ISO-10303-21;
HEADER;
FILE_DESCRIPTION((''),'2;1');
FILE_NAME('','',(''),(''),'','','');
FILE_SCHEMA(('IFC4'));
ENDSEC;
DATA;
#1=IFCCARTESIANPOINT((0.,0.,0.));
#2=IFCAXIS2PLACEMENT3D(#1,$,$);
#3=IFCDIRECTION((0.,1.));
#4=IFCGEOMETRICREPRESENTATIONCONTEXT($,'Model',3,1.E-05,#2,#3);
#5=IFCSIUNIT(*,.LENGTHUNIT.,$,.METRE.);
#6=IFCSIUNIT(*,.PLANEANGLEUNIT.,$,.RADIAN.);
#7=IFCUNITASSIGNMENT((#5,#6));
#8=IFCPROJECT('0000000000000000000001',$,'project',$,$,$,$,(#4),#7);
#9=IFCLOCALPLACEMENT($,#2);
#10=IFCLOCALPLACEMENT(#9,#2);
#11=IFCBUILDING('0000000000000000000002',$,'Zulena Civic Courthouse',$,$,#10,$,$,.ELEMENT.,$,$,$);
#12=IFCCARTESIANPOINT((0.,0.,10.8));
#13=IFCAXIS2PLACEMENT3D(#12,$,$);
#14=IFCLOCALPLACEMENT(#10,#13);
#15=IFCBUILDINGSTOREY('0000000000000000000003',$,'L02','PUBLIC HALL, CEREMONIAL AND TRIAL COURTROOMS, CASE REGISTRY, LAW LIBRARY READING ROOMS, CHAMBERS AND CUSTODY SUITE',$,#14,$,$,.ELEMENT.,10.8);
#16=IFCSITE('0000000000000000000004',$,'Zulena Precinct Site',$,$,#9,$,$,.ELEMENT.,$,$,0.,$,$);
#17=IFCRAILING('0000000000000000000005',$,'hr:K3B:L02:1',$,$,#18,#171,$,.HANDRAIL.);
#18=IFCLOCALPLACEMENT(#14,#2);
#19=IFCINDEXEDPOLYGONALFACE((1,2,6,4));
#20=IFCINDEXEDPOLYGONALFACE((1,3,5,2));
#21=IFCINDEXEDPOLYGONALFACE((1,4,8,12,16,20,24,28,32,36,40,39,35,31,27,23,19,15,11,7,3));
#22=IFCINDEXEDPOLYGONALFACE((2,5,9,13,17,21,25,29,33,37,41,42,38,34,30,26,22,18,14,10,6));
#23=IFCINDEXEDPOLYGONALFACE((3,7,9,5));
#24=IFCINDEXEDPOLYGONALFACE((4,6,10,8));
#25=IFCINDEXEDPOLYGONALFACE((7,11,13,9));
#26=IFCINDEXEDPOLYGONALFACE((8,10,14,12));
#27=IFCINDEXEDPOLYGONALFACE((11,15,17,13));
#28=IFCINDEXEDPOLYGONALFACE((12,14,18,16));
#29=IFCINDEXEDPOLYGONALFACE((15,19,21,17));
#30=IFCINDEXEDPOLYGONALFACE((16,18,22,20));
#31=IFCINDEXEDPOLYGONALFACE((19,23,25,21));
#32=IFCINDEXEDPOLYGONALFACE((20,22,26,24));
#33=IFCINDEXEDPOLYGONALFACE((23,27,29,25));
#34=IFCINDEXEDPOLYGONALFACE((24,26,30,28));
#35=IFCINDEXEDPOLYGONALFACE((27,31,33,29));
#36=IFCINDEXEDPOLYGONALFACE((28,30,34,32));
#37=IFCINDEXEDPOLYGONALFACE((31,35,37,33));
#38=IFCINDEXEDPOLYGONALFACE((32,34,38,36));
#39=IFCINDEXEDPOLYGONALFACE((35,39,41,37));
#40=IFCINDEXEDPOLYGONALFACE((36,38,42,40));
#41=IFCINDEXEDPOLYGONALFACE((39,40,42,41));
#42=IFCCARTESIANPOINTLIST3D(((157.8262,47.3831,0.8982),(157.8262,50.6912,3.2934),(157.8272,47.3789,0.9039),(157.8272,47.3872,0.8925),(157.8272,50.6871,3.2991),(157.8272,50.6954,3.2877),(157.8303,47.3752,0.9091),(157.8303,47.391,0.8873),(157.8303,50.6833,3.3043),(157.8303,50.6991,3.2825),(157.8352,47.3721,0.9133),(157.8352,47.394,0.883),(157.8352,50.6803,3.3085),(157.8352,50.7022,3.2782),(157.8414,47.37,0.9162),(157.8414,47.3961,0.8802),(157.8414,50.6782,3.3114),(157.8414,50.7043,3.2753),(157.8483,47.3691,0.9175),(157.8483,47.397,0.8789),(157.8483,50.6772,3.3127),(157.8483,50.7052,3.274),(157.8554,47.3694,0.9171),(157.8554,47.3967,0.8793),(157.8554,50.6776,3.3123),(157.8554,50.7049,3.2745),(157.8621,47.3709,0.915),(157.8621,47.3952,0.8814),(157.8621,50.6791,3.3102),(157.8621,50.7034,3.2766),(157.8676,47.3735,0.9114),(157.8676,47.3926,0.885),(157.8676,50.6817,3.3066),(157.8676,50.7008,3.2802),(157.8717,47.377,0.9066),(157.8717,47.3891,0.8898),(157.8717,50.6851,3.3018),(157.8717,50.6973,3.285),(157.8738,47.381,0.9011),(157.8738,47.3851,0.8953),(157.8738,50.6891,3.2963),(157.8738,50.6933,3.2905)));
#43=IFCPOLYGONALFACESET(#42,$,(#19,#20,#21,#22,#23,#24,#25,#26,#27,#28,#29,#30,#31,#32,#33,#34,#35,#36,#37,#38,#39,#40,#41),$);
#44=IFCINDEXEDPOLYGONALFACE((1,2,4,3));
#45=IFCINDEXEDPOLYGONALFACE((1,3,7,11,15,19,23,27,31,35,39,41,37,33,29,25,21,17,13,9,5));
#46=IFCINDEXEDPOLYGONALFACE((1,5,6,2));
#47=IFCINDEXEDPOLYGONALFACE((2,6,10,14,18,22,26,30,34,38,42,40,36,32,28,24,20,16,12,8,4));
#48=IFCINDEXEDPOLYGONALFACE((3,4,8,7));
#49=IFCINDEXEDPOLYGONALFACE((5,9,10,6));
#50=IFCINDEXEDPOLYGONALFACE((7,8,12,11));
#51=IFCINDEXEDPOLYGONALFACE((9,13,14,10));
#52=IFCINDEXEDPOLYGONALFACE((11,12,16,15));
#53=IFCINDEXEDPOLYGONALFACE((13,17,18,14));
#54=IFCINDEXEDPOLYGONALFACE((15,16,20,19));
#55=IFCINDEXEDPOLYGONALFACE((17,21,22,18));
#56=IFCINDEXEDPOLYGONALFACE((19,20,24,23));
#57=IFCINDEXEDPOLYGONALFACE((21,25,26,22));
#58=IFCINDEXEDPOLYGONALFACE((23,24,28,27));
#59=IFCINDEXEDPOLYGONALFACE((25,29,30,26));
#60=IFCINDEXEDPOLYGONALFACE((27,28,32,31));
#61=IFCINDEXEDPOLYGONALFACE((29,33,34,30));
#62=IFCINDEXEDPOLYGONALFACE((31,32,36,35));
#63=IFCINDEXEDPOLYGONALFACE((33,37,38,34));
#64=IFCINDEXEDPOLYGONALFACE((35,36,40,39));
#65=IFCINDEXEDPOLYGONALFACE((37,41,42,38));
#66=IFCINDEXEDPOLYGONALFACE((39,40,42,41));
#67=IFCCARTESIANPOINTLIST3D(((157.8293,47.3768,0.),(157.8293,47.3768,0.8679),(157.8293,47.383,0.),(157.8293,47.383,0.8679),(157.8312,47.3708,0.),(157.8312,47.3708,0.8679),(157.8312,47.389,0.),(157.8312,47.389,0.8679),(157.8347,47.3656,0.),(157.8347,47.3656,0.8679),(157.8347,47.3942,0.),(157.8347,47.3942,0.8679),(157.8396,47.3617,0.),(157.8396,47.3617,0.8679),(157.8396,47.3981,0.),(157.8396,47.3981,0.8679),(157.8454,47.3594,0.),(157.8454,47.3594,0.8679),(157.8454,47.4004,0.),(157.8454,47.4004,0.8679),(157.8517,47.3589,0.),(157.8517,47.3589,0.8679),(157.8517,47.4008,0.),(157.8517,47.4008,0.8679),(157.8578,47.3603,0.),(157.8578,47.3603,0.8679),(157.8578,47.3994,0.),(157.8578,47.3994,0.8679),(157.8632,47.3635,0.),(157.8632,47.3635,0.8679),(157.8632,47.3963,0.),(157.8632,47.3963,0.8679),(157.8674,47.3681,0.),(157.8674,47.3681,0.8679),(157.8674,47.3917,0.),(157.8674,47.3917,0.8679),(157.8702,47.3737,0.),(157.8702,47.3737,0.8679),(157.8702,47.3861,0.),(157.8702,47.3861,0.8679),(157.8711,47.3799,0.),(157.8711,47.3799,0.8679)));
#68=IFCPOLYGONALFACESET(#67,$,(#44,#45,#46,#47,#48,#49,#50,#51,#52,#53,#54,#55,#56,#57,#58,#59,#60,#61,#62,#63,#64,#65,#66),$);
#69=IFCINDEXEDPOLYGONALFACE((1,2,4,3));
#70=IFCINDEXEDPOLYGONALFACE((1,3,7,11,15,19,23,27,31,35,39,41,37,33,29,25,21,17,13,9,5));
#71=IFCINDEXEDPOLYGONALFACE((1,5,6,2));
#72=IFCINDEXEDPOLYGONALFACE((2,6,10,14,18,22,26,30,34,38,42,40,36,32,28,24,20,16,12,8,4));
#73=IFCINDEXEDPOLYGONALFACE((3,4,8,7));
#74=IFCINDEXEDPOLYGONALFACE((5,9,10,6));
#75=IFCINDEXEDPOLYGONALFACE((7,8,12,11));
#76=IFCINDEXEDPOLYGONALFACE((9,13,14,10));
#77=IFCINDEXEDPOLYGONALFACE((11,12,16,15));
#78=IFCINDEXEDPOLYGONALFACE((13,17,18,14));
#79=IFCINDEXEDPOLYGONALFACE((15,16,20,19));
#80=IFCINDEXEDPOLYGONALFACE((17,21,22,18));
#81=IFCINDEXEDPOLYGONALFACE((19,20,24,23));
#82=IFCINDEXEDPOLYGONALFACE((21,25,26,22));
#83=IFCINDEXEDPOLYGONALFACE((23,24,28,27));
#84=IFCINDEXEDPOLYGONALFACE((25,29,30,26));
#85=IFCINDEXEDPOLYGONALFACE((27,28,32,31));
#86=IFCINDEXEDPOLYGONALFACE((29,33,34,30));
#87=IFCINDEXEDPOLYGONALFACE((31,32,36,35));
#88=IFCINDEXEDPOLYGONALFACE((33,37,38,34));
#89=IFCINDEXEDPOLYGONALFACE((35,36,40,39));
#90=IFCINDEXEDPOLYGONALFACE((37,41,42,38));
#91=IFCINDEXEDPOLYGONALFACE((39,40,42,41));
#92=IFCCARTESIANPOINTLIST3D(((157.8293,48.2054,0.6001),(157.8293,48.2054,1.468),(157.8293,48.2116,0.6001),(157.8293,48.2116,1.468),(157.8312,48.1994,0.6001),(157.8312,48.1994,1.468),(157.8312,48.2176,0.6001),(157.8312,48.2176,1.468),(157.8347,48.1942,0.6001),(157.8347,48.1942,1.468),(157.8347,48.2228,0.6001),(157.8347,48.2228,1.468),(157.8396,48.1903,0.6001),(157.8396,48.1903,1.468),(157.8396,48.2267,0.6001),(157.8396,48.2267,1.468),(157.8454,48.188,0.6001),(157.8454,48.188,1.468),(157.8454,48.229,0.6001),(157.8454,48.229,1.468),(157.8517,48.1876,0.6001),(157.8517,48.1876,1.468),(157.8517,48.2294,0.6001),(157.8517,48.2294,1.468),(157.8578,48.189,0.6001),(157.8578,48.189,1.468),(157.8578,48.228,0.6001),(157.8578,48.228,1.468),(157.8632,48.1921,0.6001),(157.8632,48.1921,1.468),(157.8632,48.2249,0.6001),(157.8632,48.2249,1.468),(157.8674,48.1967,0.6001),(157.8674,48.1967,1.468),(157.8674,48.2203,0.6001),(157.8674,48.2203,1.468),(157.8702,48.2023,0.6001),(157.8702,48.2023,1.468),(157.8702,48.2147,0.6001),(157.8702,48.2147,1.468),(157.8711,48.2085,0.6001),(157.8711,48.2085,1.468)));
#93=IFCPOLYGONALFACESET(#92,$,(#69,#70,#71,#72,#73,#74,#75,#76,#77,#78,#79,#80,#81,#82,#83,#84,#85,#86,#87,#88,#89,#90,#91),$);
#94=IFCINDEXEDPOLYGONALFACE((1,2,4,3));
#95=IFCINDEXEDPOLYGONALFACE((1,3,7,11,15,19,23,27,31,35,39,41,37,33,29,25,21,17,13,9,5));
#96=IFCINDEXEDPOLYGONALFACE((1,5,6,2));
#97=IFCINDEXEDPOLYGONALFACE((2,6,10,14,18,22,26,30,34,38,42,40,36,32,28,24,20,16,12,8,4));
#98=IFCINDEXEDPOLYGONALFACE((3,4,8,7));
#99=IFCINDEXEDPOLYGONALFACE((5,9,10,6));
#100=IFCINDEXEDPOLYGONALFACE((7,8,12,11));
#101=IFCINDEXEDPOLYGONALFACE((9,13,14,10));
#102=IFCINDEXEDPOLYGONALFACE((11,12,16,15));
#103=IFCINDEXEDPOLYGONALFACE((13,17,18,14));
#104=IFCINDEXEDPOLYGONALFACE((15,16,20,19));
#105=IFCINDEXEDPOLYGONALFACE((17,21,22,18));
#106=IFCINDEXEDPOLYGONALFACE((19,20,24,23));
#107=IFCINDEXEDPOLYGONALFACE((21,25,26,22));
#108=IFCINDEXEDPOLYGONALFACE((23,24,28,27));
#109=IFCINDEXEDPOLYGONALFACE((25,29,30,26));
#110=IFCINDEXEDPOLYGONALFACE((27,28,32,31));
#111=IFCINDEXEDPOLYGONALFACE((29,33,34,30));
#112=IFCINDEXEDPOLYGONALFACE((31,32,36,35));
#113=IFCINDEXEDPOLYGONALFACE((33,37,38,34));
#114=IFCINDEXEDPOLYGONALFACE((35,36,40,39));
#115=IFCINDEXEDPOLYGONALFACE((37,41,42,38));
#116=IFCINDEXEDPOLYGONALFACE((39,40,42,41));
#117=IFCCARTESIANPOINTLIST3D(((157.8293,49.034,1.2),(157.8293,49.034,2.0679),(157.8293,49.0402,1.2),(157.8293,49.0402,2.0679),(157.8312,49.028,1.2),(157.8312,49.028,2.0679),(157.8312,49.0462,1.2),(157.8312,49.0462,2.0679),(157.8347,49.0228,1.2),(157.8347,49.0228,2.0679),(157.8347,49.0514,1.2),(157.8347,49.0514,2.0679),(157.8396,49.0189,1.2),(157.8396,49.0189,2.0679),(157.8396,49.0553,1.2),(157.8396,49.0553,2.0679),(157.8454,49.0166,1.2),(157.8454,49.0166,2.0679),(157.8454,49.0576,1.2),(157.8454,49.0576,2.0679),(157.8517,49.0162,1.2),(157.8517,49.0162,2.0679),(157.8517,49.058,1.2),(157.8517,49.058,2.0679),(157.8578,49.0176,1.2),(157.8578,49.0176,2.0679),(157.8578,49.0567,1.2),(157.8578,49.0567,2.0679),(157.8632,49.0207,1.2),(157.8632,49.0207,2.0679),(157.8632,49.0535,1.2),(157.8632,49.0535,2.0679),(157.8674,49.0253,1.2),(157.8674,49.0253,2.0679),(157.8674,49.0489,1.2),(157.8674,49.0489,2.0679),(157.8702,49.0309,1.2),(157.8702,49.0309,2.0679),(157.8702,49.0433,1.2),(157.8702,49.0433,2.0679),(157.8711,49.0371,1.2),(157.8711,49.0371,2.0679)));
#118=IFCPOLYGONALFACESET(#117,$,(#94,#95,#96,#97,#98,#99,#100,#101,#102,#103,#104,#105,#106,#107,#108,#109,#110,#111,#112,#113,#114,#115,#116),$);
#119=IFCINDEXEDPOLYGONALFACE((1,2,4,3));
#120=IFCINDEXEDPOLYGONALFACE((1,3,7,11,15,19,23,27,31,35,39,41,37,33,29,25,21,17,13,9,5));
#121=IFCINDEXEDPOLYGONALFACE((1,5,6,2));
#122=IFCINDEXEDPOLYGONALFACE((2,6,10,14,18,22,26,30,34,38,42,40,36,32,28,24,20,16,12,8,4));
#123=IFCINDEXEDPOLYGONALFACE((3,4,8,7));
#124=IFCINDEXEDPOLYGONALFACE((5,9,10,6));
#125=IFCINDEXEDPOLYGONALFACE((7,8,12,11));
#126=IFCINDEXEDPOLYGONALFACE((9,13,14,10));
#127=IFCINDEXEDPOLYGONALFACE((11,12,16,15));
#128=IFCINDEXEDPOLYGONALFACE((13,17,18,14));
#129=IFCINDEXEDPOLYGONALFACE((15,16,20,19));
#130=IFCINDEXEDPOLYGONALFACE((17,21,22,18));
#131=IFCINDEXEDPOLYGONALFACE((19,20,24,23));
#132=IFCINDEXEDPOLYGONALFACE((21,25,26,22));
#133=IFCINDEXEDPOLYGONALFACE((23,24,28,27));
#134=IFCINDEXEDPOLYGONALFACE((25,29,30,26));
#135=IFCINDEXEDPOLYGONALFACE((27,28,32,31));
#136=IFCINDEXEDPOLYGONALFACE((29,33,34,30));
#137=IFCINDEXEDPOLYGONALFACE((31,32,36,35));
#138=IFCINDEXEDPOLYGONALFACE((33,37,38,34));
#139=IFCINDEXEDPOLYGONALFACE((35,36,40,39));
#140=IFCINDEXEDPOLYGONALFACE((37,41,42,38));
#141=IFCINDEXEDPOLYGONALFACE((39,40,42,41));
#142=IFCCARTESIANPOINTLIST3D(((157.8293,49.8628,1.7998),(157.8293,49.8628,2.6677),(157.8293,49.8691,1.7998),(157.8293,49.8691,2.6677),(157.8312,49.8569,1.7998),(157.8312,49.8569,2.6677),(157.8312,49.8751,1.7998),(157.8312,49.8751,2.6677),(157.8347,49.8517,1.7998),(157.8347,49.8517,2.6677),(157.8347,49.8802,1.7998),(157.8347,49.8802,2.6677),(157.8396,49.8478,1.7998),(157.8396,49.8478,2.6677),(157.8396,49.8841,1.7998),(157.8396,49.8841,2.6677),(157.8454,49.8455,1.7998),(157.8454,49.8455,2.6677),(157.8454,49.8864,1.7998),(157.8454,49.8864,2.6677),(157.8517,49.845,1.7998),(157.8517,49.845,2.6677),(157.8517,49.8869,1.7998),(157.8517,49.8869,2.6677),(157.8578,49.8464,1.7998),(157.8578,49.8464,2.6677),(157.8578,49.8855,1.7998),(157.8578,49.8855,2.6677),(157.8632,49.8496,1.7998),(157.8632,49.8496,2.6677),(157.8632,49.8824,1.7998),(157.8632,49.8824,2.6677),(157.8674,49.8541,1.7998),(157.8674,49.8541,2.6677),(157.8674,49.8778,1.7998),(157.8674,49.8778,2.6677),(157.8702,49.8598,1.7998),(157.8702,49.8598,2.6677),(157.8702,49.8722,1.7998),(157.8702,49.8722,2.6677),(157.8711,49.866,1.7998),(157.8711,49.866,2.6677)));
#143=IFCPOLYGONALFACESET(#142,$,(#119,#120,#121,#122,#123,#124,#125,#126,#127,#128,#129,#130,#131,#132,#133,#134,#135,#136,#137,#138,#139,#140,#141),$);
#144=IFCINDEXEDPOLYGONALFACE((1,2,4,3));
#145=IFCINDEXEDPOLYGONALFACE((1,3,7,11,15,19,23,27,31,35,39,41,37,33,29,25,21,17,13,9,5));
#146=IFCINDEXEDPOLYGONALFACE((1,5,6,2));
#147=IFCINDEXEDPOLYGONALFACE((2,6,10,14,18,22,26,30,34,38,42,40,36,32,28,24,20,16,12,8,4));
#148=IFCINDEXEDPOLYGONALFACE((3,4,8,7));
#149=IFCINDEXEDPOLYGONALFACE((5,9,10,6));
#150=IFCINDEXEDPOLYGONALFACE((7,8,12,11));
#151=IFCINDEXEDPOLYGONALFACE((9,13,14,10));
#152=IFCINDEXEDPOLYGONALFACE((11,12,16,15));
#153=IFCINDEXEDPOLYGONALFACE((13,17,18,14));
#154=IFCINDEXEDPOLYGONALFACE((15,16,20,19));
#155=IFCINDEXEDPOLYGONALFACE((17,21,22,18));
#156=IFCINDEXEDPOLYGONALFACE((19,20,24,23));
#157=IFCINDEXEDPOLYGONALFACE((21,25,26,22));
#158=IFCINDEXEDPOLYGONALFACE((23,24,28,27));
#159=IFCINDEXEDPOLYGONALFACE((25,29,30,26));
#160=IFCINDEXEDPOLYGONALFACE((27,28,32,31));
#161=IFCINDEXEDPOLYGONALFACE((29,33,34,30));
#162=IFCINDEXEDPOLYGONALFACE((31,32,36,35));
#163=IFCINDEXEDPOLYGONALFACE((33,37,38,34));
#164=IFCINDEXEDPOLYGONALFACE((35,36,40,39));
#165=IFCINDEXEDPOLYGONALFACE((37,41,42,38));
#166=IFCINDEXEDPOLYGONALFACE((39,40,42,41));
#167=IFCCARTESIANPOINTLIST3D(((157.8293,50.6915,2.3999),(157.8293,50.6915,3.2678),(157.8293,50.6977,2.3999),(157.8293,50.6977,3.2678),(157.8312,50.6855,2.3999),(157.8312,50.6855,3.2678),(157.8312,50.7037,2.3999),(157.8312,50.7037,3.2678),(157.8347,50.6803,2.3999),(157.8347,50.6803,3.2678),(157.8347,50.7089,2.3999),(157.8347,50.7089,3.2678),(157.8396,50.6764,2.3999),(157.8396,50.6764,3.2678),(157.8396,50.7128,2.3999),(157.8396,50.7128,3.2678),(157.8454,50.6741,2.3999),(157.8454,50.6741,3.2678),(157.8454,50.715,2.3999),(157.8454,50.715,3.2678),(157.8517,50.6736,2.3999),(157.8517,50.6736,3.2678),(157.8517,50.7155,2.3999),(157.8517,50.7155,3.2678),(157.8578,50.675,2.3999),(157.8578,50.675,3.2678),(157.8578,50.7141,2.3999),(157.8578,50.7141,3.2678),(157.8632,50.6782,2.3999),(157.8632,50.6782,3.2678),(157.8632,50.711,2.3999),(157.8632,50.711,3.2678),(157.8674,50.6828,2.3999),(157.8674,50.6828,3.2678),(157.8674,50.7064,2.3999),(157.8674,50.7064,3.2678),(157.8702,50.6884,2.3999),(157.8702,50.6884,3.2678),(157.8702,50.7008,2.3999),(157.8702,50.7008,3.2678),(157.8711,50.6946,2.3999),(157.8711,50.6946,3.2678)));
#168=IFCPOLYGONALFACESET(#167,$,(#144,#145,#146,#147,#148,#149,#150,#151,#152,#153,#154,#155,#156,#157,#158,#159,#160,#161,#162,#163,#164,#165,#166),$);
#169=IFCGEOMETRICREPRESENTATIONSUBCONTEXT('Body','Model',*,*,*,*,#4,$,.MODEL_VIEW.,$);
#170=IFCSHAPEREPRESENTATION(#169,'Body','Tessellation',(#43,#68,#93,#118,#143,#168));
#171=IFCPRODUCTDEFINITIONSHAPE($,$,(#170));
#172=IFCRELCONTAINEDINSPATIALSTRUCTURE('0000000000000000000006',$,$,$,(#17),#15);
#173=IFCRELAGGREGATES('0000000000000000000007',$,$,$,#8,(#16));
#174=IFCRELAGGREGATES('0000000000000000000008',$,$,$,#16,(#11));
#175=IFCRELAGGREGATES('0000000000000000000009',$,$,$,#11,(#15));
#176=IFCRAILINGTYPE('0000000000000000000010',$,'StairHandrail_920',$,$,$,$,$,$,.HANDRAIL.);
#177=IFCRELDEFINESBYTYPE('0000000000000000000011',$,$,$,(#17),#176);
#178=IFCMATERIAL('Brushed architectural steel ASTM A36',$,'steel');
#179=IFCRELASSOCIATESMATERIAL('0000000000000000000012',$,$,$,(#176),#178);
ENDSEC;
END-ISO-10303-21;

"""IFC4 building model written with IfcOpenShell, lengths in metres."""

from ifc_helpers import new_model, si_unit, direction, frame, origin, origin_2d, place, context, subcontext, project, spatial, circle, extrude, material, type_object, element, save


model = new_model("IFC4")

# Units and contexts
model_context = context("Model", 3, precision=1e-05, world=origin(), true_north=direction((0.0, 1.0)))
body_context = subcontext(model_context, "Body", "Model", "MODEL_VIEW")
ifc_project = project(units=[si_unit("LENGTHUNIT", "METRE"), si_unit("PLANEANGLEUNIT", "RADIAN")], contexts=[model_context])

# Site, building, storey
site_placement = place(None, origin())
site = spatial("IfcSite", under=ifc_project, at=site_placement, Name="Zulena Precinct Site", CompositionType="ELEMENT", RefElevation=0.0)
building_placement = place(site_placement, origin())
building = spatial("IfcBuilding", under=site, at=building_placement, Name="Zulena Civic Courthouse", CompositionType="ELEMENT")
storey_placement = place(building_placement, frame((0.0, 0.0, 10.8)))
storey = spatial("IfcBuildingStorey", under=building, at=storey_placement, Name="L02", Description="PUBLIC HALL, CEREMONIAL AND TRIAL COURTROOMS, CASE REGISTRY, LAW LIBRARY READING ROOMS, CHAMBERS AND CUSTODY SUITE", CompositionType="ELEMENT", Elevation=10.8)

# Shared definitions
ifc_material_1 = material(Name="Brushed architectural steel ASTM A36", Category="steel")

# Railing
railing_type_1 = type_object("IfcRailingType", Name="StairHandrail_920", PredefinedType="HANDRAIL", material=ifc_material_1)
railing_1_placement = place(storey_placement, frame((157.8501, 47.3799, 0.0)))
element("IfcRailing", 1, at=railing_1_placement, inside=storey, type_object=railing_type_1, Name="hr:K3B:L02:1", PredefinedType="HANDRAIL", context=body_context, shape_type="SweptSolid", body=[
    extrude(circle(Radius=0.0239, at=origin_2d()), frame((0.0, 0.0032, 0.8982), z_axis=(0.0, 0.809988, 0.586446), x_axis=(-1.0, 0.0, 0.0)), (0.0, 0.0, 1.0), 4.0842),
    extrude(circle(Radius=0.021, at=origin_2d()), origin(), (0.0, 0.0, 1.0), 0.8679),
    extrude(circle(Radius=0.021, at=origin_2d()), frame((0.0, 0.8286, 0.6001)), (0.0, 0.0, 1.0), 0.8679),
    extrude(circle(Radius=0.021, at=origin_2d()), frame((0.0, 1.6572, 1.2)), (0.0, 0.0, 1.0), 0.8679),
    extrude(circle(Radius=0.021, at=origin_2d()), frame((0.0, 2.4861, 1.7998)), (0.0, 0.0, 1.0), 0.8679),
    extrude(circle(Radius=0.021, at=origin_2d()), frame((0.0, 3.3147, 2.3999)), (0.0, 0.0, 1.0), 0.8679),
])

save(model, "model.ifc")
